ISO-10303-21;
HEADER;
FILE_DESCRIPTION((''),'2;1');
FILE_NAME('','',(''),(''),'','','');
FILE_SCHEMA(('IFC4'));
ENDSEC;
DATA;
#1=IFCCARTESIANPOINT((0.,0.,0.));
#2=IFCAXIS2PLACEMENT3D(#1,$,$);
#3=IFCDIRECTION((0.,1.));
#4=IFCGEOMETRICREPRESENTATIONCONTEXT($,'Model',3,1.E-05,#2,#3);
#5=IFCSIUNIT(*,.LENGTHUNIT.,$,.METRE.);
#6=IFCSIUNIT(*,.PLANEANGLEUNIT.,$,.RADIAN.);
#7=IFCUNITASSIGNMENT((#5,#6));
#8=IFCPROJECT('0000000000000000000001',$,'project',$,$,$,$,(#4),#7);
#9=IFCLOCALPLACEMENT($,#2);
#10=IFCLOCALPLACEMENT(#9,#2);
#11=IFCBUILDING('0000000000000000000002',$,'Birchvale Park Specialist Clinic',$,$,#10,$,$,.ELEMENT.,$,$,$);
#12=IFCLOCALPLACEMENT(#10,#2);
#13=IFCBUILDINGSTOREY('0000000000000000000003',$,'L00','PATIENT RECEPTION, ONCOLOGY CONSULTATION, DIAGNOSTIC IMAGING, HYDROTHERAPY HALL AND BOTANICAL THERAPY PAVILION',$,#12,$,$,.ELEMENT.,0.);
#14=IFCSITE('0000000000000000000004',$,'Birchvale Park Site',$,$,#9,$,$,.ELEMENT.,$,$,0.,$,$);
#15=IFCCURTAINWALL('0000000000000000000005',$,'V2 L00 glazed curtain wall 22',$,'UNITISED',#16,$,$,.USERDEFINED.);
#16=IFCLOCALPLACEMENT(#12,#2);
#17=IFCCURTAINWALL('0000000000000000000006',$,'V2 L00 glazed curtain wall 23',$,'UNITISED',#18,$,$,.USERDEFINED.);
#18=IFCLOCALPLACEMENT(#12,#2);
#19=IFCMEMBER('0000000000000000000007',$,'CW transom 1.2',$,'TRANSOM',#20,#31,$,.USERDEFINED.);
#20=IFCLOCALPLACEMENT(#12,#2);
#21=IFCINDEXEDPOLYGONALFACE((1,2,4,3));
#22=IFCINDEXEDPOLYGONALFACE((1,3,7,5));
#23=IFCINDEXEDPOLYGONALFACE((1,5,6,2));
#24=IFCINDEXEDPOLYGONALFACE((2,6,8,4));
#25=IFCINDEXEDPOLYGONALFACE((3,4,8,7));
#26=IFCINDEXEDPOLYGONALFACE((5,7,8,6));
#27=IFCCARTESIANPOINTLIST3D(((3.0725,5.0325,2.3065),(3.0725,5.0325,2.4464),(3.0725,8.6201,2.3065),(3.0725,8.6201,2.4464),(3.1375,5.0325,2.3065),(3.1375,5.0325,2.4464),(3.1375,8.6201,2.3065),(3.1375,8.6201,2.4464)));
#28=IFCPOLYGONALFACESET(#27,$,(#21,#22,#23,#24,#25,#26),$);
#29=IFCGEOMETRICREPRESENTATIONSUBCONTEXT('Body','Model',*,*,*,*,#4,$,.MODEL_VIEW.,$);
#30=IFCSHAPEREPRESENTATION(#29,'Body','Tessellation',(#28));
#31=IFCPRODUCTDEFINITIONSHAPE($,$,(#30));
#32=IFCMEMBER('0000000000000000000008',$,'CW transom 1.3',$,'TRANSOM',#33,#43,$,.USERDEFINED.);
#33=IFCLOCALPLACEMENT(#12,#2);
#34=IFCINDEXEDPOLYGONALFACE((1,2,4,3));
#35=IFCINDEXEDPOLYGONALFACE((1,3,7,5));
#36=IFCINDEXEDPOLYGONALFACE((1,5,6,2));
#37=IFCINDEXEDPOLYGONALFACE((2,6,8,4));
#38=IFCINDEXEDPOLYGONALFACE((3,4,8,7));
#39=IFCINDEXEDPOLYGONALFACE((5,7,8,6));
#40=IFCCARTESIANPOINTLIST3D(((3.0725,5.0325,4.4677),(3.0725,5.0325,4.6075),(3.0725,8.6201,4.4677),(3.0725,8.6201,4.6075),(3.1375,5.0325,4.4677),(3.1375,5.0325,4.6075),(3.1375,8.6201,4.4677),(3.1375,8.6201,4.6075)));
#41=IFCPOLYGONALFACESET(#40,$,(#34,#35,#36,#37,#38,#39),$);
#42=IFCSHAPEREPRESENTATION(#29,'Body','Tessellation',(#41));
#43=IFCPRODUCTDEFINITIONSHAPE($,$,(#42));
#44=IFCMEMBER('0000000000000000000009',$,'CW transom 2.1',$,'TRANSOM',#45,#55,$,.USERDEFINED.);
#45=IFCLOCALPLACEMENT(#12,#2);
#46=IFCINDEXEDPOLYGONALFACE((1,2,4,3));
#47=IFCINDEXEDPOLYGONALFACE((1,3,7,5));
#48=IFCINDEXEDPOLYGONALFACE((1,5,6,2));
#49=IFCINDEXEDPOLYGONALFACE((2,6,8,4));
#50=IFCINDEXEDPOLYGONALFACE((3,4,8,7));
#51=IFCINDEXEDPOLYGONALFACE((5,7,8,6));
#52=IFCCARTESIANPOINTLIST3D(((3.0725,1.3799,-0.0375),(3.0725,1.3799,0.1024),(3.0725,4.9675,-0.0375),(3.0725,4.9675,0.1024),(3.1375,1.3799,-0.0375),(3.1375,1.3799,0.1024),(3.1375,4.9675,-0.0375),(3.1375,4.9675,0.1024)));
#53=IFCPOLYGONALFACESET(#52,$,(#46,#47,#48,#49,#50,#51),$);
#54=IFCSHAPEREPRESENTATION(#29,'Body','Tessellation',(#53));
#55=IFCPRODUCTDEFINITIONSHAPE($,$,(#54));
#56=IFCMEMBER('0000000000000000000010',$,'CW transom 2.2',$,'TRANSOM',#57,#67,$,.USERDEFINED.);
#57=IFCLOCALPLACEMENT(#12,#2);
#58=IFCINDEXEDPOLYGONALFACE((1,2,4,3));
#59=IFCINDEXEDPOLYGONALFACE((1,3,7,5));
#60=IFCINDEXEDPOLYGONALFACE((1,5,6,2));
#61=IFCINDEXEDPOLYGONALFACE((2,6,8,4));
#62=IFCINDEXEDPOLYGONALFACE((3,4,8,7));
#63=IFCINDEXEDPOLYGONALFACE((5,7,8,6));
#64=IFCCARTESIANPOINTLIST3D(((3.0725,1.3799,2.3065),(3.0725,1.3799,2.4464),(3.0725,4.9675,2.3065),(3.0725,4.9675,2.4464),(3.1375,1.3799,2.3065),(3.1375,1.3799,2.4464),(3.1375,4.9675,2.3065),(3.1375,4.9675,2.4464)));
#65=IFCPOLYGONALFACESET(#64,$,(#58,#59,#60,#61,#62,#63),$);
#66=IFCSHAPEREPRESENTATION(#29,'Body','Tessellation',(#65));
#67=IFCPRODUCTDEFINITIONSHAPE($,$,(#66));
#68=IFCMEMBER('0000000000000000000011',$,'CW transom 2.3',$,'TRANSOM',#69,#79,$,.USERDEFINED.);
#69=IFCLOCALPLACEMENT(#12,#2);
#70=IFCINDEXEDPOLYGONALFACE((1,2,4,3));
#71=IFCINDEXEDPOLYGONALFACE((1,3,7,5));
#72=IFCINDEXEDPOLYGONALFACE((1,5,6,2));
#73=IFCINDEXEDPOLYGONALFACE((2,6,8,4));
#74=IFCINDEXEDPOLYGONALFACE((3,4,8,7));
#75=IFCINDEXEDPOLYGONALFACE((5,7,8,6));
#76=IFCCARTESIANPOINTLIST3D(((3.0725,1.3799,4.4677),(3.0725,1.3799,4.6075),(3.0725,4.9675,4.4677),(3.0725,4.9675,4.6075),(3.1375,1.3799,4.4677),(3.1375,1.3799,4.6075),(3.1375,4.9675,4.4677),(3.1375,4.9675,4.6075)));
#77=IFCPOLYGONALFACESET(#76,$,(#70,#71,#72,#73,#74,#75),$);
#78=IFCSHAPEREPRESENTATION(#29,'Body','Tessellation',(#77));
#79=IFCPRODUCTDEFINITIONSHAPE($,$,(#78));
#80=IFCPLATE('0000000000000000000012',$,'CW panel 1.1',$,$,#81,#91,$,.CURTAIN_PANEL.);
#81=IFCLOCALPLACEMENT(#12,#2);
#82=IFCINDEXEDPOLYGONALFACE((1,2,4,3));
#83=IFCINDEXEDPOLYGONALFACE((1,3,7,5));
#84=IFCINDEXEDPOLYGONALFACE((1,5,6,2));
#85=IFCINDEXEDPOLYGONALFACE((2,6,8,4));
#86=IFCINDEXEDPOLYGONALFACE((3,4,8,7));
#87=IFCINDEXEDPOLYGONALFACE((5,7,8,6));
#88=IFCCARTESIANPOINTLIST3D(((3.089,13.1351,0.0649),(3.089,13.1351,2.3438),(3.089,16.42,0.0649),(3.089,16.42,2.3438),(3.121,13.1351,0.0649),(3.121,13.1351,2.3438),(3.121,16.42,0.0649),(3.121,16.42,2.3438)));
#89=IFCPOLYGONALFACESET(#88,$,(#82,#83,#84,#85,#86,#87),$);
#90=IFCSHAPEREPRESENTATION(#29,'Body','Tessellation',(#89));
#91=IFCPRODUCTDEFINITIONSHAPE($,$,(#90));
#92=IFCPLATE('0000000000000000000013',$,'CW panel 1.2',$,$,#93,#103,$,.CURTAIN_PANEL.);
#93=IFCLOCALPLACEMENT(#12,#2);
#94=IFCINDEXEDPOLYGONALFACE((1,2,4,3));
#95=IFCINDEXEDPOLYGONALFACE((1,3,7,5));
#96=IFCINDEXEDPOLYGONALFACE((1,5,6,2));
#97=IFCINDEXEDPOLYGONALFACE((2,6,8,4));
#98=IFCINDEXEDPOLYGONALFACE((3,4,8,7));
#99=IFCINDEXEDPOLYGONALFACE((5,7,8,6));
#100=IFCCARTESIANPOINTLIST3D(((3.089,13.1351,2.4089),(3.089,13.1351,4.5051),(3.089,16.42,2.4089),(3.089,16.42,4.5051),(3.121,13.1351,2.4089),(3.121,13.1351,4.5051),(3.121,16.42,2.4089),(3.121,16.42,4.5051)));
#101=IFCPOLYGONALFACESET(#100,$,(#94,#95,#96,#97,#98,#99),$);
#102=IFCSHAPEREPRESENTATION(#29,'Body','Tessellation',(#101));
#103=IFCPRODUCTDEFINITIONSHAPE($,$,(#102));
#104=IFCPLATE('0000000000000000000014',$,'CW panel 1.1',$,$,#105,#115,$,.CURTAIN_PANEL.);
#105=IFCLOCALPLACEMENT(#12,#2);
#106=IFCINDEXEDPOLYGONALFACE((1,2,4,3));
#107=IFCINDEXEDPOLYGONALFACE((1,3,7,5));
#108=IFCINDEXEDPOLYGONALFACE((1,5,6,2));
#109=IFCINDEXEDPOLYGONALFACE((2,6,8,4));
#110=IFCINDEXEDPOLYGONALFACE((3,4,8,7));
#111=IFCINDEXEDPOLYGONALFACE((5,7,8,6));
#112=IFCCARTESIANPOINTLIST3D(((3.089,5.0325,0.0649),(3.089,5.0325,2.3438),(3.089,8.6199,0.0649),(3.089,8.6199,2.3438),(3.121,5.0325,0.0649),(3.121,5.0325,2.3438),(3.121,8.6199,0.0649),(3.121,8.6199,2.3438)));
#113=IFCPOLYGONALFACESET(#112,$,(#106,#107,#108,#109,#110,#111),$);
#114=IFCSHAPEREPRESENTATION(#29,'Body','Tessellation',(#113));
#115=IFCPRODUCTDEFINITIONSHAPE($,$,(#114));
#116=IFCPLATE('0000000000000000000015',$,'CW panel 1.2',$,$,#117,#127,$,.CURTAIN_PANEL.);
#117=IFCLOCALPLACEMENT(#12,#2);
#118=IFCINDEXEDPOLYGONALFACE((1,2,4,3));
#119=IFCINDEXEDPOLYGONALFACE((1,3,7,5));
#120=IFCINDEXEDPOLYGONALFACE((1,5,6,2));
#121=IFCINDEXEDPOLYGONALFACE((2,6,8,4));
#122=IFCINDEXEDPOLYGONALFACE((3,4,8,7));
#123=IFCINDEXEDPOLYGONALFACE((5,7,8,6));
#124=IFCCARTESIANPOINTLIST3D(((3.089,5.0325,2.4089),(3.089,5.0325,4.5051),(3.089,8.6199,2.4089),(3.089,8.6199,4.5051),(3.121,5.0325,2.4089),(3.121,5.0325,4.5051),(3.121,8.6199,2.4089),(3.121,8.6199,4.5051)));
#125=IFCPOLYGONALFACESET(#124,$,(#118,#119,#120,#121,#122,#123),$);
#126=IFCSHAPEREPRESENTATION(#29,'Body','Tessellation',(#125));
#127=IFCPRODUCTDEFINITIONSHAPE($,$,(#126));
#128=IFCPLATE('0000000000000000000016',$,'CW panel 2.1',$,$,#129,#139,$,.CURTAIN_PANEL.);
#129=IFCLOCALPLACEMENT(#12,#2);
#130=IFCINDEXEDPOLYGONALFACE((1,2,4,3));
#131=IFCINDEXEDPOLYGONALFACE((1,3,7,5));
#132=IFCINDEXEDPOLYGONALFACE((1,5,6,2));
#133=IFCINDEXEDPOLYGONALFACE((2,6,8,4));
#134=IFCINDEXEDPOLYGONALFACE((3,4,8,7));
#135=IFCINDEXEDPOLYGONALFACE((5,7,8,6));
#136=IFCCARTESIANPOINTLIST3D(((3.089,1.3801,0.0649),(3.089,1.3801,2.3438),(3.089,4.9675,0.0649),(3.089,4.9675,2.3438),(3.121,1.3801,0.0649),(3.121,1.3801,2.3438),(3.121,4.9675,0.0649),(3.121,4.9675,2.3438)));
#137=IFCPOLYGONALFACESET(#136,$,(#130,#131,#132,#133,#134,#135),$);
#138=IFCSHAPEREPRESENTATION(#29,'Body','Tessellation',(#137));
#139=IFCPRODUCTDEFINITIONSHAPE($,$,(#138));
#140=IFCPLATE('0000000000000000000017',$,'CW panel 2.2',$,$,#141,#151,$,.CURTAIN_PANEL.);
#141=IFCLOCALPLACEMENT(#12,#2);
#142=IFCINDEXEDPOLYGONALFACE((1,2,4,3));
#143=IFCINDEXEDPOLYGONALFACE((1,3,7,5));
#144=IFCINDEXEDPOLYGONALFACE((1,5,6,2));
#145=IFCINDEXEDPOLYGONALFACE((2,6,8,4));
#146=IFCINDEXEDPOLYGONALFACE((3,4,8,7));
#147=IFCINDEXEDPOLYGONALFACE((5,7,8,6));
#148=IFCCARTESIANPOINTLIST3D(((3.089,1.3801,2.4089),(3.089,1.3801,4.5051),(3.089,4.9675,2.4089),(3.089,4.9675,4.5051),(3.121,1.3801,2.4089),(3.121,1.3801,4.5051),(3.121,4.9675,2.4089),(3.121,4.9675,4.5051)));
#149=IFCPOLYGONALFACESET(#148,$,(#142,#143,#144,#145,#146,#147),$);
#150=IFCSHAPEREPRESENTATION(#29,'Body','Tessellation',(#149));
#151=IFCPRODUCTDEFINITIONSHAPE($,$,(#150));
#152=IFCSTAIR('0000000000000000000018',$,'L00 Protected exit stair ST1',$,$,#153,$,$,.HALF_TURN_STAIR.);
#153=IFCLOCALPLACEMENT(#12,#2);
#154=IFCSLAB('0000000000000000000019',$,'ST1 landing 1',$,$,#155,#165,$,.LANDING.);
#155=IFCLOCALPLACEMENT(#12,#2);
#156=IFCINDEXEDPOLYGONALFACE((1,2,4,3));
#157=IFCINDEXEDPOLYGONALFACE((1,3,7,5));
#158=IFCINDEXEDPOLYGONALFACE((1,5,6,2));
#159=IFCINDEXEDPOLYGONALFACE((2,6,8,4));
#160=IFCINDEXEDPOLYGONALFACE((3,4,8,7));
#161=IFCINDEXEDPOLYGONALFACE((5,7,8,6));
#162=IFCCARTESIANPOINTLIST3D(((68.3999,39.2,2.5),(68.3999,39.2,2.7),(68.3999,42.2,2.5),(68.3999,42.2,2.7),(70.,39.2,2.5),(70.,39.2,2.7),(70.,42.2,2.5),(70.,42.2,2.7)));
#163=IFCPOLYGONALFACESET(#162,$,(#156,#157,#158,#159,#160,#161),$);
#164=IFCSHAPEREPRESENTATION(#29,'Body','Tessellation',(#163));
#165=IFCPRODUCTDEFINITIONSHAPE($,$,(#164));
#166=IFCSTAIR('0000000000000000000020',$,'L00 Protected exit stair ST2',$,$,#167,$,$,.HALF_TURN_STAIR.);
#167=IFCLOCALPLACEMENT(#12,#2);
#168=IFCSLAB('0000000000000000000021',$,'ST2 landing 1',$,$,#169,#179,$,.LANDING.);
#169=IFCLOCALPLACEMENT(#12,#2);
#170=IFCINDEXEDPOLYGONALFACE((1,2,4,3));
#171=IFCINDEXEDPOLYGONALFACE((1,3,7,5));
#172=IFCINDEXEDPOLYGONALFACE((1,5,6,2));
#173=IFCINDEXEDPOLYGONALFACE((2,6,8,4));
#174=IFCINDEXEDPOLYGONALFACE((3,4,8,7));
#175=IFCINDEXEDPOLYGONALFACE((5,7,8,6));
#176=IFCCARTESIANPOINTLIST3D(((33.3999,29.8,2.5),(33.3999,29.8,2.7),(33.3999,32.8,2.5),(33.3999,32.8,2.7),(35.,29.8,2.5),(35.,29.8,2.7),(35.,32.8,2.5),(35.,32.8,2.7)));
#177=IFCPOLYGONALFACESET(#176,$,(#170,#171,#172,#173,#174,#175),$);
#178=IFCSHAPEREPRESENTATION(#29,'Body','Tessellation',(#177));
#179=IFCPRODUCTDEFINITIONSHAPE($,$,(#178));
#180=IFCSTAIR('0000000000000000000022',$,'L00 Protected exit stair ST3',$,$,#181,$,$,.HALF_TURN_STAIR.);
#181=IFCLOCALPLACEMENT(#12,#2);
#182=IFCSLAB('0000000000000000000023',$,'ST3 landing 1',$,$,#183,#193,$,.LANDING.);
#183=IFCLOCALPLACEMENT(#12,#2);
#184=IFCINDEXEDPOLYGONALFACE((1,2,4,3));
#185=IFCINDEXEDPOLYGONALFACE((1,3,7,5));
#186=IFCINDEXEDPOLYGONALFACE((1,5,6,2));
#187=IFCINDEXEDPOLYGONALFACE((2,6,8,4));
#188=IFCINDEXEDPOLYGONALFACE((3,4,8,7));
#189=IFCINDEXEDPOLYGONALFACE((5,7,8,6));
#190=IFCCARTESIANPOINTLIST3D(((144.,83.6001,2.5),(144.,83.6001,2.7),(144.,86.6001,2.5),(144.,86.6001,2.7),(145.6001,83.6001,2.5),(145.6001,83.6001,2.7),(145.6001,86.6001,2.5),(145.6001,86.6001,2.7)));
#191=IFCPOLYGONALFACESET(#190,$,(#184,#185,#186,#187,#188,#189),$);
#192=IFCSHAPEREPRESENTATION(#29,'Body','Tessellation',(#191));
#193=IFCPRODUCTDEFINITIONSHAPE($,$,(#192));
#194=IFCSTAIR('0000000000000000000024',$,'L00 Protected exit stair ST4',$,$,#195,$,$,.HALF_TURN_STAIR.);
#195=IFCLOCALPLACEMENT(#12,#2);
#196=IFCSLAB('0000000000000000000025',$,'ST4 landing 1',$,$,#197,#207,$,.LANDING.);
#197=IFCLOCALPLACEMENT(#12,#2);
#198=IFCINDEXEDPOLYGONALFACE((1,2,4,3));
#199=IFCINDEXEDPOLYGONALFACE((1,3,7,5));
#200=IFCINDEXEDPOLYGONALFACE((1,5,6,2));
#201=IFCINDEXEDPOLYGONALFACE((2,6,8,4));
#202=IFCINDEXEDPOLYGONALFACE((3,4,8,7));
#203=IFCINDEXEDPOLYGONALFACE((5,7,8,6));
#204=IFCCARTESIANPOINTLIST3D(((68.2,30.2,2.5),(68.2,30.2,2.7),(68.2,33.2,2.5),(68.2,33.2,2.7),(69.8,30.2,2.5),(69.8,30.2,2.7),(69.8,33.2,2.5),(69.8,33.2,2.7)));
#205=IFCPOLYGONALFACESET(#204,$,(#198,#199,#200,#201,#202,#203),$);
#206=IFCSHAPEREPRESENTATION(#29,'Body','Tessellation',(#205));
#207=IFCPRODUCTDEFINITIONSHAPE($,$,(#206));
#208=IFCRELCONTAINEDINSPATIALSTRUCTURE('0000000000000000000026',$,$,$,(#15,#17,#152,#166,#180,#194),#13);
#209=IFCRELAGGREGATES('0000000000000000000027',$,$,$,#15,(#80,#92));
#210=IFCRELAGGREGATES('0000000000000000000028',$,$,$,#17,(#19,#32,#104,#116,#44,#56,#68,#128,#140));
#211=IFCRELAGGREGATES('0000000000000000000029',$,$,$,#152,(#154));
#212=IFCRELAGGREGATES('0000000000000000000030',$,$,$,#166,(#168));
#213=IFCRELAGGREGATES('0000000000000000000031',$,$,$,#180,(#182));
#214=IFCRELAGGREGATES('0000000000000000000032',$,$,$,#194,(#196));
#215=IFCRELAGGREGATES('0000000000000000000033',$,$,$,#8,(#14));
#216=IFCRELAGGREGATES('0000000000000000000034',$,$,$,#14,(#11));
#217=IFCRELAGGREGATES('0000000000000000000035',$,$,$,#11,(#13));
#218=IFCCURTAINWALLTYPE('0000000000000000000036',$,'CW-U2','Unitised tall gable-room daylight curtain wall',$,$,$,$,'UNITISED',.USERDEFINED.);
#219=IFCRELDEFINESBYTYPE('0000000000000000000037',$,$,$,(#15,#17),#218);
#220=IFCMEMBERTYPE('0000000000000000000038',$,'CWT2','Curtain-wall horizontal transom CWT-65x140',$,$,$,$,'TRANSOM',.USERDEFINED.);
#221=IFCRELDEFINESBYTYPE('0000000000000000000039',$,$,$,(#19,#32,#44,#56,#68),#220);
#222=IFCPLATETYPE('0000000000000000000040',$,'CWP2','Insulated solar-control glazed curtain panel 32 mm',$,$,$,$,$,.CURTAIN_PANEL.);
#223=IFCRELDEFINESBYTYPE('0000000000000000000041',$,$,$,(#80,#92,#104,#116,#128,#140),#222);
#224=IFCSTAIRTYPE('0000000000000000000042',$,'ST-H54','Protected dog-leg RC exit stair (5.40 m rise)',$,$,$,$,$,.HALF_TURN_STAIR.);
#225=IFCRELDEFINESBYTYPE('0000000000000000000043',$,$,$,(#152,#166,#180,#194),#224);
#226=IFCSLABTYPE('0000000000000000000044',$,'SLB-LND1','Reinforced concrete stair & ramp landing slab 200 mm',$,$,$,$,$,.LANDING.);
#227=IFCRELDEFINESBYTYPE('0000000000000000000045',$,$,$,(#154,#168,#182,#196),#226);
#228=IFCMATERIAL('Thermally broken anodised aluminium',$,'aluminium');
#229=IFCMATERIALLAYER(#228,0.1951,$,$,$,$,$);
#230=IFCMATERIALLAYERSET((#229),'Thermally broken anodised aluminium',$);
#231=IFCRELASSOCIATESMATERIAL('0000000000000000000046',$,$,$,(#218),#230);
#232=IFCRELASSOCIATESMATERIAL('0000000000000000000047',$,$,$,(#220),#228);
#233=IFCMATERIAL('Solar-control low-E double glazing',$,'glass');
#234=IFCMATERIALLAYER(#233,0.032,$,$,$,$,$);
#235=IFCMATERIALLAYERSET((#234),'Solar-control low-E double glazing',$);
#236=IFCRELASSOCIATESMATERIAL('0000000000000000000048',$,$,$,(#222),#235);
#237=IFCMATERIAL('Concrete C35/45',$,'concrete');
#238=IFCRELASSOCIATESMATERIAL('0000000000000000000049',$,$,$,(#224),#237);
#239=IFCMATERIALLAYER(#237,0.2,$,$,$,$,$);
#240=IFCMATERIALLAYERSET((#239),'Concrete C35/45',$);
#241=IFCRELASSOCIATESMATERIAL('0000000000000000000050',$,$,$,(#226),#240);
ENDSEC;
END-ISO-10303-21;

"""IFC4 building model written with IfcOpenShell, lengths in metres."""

from ifc_helpers import new_model, si_unit, direction, frame, origin, origin_2d, place, context, subcontext, project, spatial, polyline, rectangle, outline, extrude, material, layer, layer_set, material_profile, profile_set, type_object, element, aggregate, save


model = new_model("IFC4")

# Units and contexts
model_context = context("Model", 3, precision=1e-05, world=origin(), true_north=direction((0.0, 1.0)))
body_context = subcontext(model_context, "Body", "Model", "MODEL_VIEW")
ifc_project = project(units=[si_unit("LENGTHUNIT", "METRE"), si_unit("PLANEANGLEUNIT", "RADIAN")], contexts=[model_context])

# Site, building, storey
site_placement = place(None, origin())
site = spatial("IfcSite", under=ifc_project, at=site_placement, Name="Birchvale Park Site", CompositionType="ELEMENT", RefElevation=0.0)
building_placement = place(site_placement, origin())
building = spatial("IfcBuilding", under=site, at=building_placement, Name="Birchvale Park Specialist Clinic", CompositionType="ELEMENT")
storey_placement = place(building_placement, origin())
storey = spatial("IfcBuildingStorey", under=building, at=storey_placement, Name="L00", Description="PATIENT RECEPTION, ONCOLOGY CONSULTATION, DIAGNOSTIC IMAGING, HYDROTHERAPY HALL AND BOTANICAL THERAPY PAVILION", CompositionType="ELEMENT", Elevation=0.0)

# Curtain walls
ifc_material_1 = material(Name="Thermally broken anodised aluminium", Category="aluminium")
ifc_layer_1 = layer(ifc_material_1, 0.1951)
ifc_layer_set_1 = layer_set([ifc_layer_1], Name="Thermally broken anodised aluminium")
curtain_wall_type = type_object("IfcCurtainWallType", Name="CW-U2", Description="Unitised tall gable-room daylight curtain wall", ElementType="UNITISED", PredefinedType="USERDEFINED", material=ifc_layer_set_1)
curtain_wall_1_placement = place(storey_placement, origin())
curtain_wall_1 = element("IfcCurtainWall", 1, at=curtain_wall_1_placement, inside=storey, type_object=curtain_wall_type, Name="V2 L00 glazed curtain wall 22", ObjectType="UNITISED", PredefinedType="USERDEFINED")
curtain_wall_2_placement = place(storey_placement, origin())
curtain_wall_2 = element("IfcCurtainWall", 2, at=curtain_wall_2_placement, inside=storey, type_object=curtain_wall_type, Name="V2 L00 glazed curtain wall 23", ObjectType="UNITISED", PredefinedType="USERDEFINED")

# Members
ifc_material_profile_1 = material_profile(ifc_material_1, rectangle(XDim=0.0649, YDim=0.1399, at=origin_2d()), Name="CWT-65x140")
ifc_profile_set_1 = profile_set([ifc_material_profile_1], Name="Thermally broken anodised aluminium")
member_type_1 = type_object("IfcMemberType", Name="CWT2", Description="Curtain-wall horizontal transom CWT-65x140", ElementType="TRANSOM", PredefinedType="USERDEFINED", material=ifc_profile_set_1)
member_1_placement = place(storey_placement, frame((3.105, 8.6201, 2.3765), z_axis=(0.0, -1.0, 0.0), x_axis=(1.0, 0.0, 0.0)))
member_1 = element("IfcMember", 3, at=member_1_placement, type_object=member_type_1, Name="CW transom 1.2", ObjectType="TRANSOM", PredefinedType="USERDEFINED", context=body_context, shape_type="SweptSolid", body=[
    extrude(rectangle(XDim=0.0649, YDim=0.1399, at=origin_2d()), origin(), (0.0, 0.0, 1.0), 3.5876),
])
member_2_placement = place(storey_placement, frame((3.105, 8.6201, 4.5376), z_axis=(0.0, -1.0, 0.0), x_axis=(1.0, 0.0, 0.0)))
member_2 = element("IfcMember", 4, at=member_2_placement, type_object=member_type_1, Name="CW transom 1.3", ObjectType="TRANSOM", PredefinedType="USERDEFINED", context=body_context, shape_type="SweptSolid", body=[
    extrude(rectangle(XDim=0.0649, YDim=0.1399, at=origin_2d()), origin(), (0.0, 0.0, 1.0), 3.5876),
])
member_3_placement = place(storey_placement, frame((3.105, 4.9675, 0.0325), z_axis=(0.0, -1.0, 0.0), x_axis=(1.0, 0.0, 0.0)))
member_3 = element("IfcMember", 5, at=member_3_placement, type_object=member_type_1, Name="CW transom 2.1", ObjectType="TRANSOM", PredefinedType="USERDEFINED", context=body_context, shape_type="SweptSolid", body=[
    extrude(rectangle(XDim=0.0649, YDim=0.1399, at=origin_2d()), origin(), (0.0, 0.0, 1.0), 3.5876),
])
member_4_placement = place(storey_placement, frame((3.105, 4.9675, 2.3765), z_axis=(0.0, -1.0, 0.0), x_axis=(1.0, 0.0, 0.0)))
member_4 = element("IfcMember", 6, at=member_4_placement, type_object=member_type_1, Name="CW transom 2.2", ObjectType="TRANSOM", PredefinedType="USERDEFINED", context=body_context, shape_type="SweptSolid", body=[
    extrude(rectangle(XDim=0.0649, YDim=0.1399, at=origin_2d()), origin(), (0.0, 0.0, 1.0), 3.5876),
])
member_5_placement = place(storey_placement, frame((3.105, 4.9675, 4.5376), z_axis=(0.0, -1.0, 0.0), x_axis=(1.0, 0.0, 0.0)))
member_5 = element("IfcMember", 7, at=member_5_placement, type_object=member_type_1, Name="CW transom 2.3", ObjectType="TRANSOM", PredefinedType="USERDEFINED", context=body_context, shape_type="SweptSolid", body=[
    extrude(rectangle(XDim=0.0649, YDim=0.1399, at=origin_2d()), origin(), (0.0, 0.0, 1.0), 3.5876),
])

# Plates
ifc_material_2 = material(Name="Solar-control low-E double glazing", Category="glass")
ifc_layer_2 = layer(ifc_material_2, 0.032)
ifc_layer_set_2 = layer_set([ifc_layer_2], Name="Solar-control low-E double glazing")
plate_type = type_object("IfcPlateType", Name="CWP2", Description="Insulated solar-control glazed curtain panel 32 mm", PredefinedType="CURTAIN_PANEL", material=ifc_layer_set_2)
plate_1_placement = place(storey_placement, frame((3.105, 14.7776, 0.0649), z_axis=(0.0, 0.0, 1.0), x_axis=(0.0, -1.0, 0.0)))
plate_1 = element("IfcPlate", 8, at=plate_1_placement, type_object=plate_type, Name="CW panel 1.1", PredefinedType="CURTAIN_PANEL", context=body_context, shape_type="SweptSolid", body=[
    extrude(rectangle(XDim=3.2849, YDim=0.032, at=origin_2d()), origin(), (0.0, 0.0, 1.0), 2.2788),
])
plate_2_placement = place(storey_placement, frame((3.105, 14.7776, 2.4089), z_axis=(0.0, 0.0, 1.0), x_axis=(0.0, -1.0, 0.0)))
plate_2 = element("IfcPlate", 9, at=plate_2_placement, type_object=plate_type, Name="CW panel 1.2", PredefinedType="CURTAIN_PANEL", context=body_context, shape_type="SweptSolid", body=[
    extrude(rectangle(XDim=3.2849, YDim=0.032, at=origin_2d()), origin(), (0.0, 0.0, 1.0), 2.0962),
])
aggregate(curtain_wall_1, [plate_1, plate_2])
plate_3_placement = place(storey_placement, frame((3.105, 6.8262, 0.0649), z_axis=(0.0, 0.0, 1.0), x_axis=(0.0, -1.0, 0.0)))
plate_3 = element("IfcPlate", 10, at=plate_3_placement, type_object=plate_type, Name="CW panel 1.1", PredefinedType="CURTAIN_PANEL", context=body_context, shape_type="SweptSolid", body=[
    extrude(rectangle(XDim=3.5874, YDim=0.032, at=origin_2d()), origin(), (0.0, 0.0, 1.0), 2.2788),
])
plate_4_placement = place(storey_placement, frame((3.105, 6.8262, 2.4089), z_axis=(0.0, 0.0, 1.0), x_axis=(0.0, -1.0, 0.0)))
plate_4 = element("IfcPlate", 11, at=plate_4_placement, type_object=plate_type, Name="CW panel 1.2", PredefinedType="CURTAIN_PANEL", context=body_context, shape_type="SweptSolid", body=[
    extrude(rectangle(XDim=3.5874, YDim=0.032, at=origin_2d()), origin(), (0.0, 0.0, 1.0), 2.0962),
])
plate_5_placement = place(storey_placement, frame((3.105, 3.1738, 0.0649), z_axis=(0.0, 0.0, 1.0), x_axis=(0.0, -1.0, 0.0)))
plate_5 = element("IfcPlate", 12, at=plate_5_placement, type_object=plate_type, Name="CW panel 2.1", PredefinedType="CURTAIN_PANEL", context=body_context, shape_type="SweptSolid", body=[
    extrude(rectangle(XDim=3.5874, YDim=0.032, at=origin_2d()), origin(), (0.0, 0.0, 1.0), 2.2788),
])
plate_6_placement = place(storey_placement, frame((3.105, 3.1738, 2.4089), z_axis=(0.0, 0.0, 1.0), x_axis=(0.0, -1.0, 0.0)))
plate_6 = element("IfcPlate", 13, at=plate_6_placement, type_object=plate_type, Name="CW panel 2.2", PredefinedType="CURTAIN_PANEL", context=body_context, shape_type="SweptSolid", body=[
    extrude(rectangle(XDim=3.5874, YDim=0.032, at=origin_2d()), origin(), (0.0, 0.0, 1.0), 2.0962),
])
aggregate(curtain_wall_2, [member_1, member_2, plate_3, plate_4, member_3, member_4, member_5, plate_5, plate_6])

# Stairs, slabs
ifc_material_3 = material(Name="Concrete C35/45", Category="concrete")
stair_type = type_object("IfcStairType", Name="ST-H54", Description="Protected dog-leg RC exit stair (5.40 m rise)", PredefinedType="HALF_TURN_STAIR", material=ifc_material_3)
stair_1_placement = place(storey_placement, origin())
stair_1 = element("IfcStair", 14, at=stair_1_placement, inside=storey, type_object=stair_type, Name="L00 Protected exit stair ST1", PredefinedType="HALF_TURN_STAIR")
ifc_layer_3 = layer(ifc_material_3, 0.2)
ifc_layer_set_3 = layer_set([ifc_layer_3], Name="Concrete C35/45")
slab_type = type_object("IfcSlabType", Name="SLB-LND1", Description="Reinforced concrete stair & ramp landing slab 200 mm", PredefinedType="LANDING", material=ifc_layer_set_3)
slab_1_placement = place(storey_placement, frame((0.0, 0.0, 2.5)))
slab_1 = element("IfcSlab", 15, at=slab_1_placement, type_object=slab_type, Name="ST1 landing 1", PredefinedType="LANDING", context=body_context, shape_type="SweptSolid", body=[
    extrude(outline(polyline([(68.3999, 39.2), (70.0, 39.2), (70.0, 42.2), (68.3999, 42.2), (68.3999, 39.2)])), origin(), (0.0, 0.0, 1.0), 0.2),
])
aggregate(stair_1, [slab_1])
stair_2_placement = place(storey_placement, origin())
stair_2 = element("IfcStair", 16, at=stair_2_placement, inside=storey, type_object=stair_type, Name="L00 Protected exit stair ST2", PredefinedType="HALF_TURN_STAIR")
slab_2_placement = place(storey_placement, frame((0.0, 0.0, 2.5)))
slab_2 = element("IfcSlab", 17, at=slab_2_placement, type_object=slab_type, Name="ST2 landing 1", PredefinedType="LANDING", context=body_context, shape_type="SweptSolid", body=[
    extrude(outline(polyline([(33.3999, 29.8), (35.0, 29.8), (35.0, 32.8), (33.3999, 32.8), (33.3999, 29.8)])), origin(), (0.0, 0.0, 1.0), 0.2),
])
aggregate(stair_2, [slab_2])
stair_3_placement = place(storey_placement, origin())
stair_3 = element("IfcStair", 18, at=stair_3_placement, inside=storey, type_object=stair_type, Name="L00 Protected exit stair ST3", PredefinedType="HALF_TURN_STAIR")
slab_3_placement = place(storey_placement, frame((0.0, 0.0, 2.5)))
slab_3 = element("IfcSlab", 19, at=slab_3_placement, type_object=slab_type, Name="ST3 landing 1", PredefinedType="LANDING", context=body_context, shape_type="SweptSolid", body=[
    extrude(outline(polyline([(144.0, 83.6001), (145.6001, 83.6001), (145.6001, 86.6001), (144.0, 86.6001), (144.0, 83.6001)])), origin(), (0.0, 0.0, 1.0), 0.2),
])
aggregate(stair_3, [slab_3])
stair_4_placement = place(storey_placement, origin())
stair_4 = element("IfcStair", 20, at=stair_4_placement, inside=storey, type_object=stair_type, Name="L00 Protected exit stair ST4", PredefinedType="HALF_TURN_STAIR")
slab_4_placement = place(storey_placement, frame((0.0, 0.0, 2.5)))
slab_4 = element("IfcSlab", 21, at=slab_4_placement, type_object=slab_type, Name="ST4 landing 1", PredefinedType="LANDING", context=body_context, shape_type="SweptSolid", body=[
    extrude(outline(polyline([(68.2, 30.2), (69.8, 30.2), (69.8, 33.2), (68.2, 33.2), (68.2, 30.2)])), origin(), (0.0, 0.0, 1.0), 0.2),
])
aggregate(stair_4, [slab_4])

save(model, "model.ifc")
